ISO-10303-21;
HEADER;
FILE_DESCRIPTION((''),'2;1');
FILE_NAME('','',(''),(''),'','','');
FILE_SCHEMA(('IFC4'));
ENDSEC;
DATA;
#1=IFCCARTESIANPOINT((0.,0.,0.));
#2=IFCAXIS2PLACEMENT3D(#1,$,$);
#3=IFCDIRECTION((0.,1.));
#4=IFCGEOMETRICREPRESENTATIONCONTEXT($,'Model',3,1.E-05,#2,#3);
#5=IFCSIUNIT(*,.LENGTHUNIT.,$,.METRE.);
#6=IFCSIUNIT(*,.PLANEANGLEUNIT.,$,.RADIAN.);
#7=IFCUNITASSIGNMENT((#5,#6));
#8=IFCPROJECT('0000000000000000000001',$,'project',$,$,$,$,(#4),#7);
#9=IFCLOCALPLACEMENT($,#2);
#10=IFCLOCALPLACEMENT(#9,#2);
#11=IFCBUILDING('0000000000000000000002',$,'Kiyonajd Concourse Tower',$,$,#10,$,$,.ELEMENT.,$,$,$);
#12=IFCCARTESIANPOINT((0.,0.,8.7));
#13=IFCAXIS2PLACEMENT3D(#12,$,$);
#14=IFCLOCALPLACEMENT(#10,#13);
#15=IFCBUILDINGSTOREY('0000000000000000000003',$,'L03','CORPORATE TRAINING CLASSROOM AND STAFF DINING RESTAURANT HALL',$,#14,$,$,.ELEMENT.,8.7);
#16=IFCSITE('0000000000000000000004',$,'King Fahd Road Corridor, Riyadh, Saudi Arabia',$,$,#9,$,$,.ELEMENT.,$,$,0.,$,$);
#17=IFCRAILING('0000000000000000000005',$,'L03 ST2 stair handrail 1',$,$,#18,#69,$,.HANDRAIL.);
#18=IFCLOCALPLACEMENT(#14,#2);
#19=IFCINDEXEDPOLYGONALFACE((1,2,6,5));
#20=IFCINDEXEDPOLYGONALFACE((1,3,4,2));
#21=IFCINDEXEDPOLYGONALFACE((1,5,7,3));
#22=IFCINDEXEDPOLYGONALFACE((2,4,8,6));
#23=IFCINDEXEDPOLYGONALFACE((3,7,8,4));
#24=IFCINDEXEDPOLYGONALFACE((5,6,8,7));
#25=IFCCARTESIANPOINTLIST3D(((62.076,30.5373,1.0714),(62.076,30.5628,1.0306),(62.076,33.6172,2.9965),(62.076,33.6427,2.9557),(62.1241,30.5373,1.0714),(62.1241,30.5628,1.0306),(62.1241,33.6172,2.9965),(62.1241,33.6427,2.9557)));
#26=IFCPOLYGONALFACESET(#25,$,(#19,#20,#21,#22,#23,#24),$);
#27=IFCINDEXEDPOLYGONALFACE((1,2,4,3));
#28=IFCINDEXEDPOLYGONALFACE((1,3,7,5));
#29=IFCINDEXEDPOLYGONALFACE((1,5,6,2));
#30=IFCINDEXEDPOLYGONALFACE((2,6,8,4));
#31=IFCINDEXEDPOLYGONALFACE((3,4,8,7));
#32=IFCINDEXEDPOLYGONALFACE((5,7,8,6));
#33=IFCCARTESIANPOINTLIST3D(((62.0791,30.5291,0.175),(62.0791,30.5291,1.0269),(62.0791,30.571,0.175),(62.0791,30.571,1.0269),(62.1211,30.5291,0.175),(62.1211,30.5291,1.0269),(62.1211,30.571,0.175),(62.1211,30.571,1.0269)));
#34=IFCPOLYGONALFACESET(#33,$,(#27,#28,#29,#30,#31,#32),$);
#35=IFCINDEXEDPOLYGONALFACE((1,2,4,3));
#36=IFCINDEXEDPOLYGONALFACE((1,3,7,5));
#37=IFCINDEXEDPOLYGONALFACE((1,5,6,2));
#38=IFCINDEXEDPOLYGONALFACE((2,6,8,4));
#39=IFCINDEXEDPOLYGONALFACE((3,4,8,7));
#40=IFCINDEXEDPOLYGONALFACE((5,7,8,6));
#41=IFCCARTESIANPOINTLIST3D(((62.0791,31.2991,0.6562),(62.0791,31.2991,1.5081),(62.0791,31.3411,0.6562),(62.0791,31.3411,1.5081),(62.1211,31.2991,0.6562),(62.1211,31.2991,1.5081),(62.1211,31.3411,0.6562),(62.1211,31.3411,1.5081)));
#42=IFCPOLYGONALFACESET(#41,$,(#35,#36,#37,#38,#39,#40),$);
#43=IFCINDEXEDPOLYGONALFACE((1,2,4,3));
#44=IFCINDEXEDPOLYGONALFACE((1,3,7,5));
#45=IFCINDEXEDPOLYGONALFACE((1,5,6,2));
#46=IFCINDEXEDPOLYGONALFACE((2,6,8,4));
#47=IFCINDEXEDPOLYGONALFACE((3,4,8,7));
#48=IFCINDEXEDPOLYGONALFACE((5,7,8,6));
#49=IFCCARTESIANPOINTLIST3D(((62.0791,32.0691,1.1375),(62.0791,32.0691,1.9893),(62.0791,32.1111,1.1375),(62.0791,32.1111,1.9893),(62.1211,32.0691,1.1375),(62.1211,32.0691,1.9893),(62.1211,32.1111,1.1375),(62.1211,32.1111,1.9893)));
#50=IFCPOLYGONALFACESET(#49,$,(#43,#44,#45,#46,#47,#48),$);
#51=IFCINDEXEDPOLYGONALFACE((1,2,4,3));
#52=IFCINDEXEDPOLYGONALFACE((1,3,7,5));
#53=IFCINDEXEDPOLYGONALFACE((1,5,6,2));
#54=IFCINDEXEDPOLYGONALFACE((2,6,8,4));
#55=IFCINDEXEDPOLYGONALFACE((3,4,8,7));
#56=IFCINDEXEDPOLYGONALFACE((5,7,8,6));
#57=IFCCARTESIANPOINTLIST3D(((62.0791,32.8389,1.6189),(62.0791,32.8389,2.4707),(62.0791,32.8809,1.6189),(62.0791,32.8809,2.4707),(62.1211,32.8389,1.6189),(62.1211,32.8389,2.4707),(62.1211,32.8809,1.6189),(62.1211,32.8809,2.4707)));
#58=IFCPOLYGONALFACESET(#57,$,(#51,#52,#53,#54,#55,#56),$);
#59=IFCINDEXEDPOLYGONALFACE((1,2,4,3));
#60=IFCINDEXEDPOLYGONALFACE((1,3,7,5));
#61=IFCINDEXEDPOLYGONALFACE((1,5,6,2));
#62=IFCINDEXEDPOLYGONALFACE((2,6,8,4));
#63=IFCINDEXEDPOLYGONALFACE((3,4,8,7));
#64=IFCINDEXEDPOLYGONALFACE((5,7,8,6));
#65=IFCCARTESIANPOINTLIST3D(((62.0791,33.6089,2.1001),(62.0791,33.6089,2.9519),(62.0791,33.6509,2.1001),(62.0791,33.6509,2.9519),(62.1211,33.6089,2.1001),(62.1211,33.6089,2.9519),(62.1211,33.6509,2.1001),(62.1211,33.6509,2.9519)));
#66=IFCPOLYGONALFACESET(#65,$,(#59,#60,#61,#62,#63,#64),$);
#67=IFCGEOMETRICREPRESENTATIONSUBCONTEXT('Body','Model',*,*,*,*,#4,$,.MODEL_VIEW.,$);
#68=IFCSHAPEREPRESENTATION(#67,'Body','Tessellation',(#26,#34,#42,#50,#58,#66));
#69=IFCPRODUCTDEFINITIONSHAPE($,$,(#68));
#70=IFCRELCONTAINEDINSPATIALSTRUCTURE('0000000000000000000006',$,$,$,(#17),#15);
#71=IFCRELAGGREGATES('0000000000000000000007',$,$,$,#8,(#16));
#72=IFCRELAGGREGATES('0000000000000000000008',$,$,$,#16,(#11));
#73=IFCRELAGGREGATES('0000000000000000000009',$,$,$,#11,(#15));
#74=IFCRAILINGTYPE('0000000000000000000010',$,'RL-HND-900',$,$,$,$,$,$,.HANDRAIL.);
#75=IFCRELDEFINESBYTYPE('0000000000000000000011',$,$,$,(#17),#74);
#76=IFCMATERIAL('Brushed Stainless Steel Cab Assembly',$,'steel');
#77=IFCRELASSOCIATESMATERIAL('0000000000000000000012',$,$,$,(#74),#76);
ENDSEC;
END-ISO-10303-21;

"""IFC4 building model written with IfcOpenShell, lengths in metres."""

from ifc_helpers import new_model, si_unit, direction, frame, origin, origin_2d, place, context, subcontext, project, spatial, rectangle, extrude, material, type_object, element, save


model = new_model("IFC4")

# Units and contexts
model_context = context("Model", 3, precision=1e-05, world=origin(), true_north=direction((0.0, 1.0)))
body_context = subcontext(model_context, "Body", "Model", "MODEL_VIEW")
ifc_project = project(units=[si_unit("LENGTHUNIT", "METRE"), si_unit("PLANEANGLEUNIT", "RADIAN")], contexts=[model_context])

# Site, building, storey
site_placement = place(None, origin())
site = spatial("IfcSite", under=ifc_project, at=site_placement, Name="King Fahd Road Corridor, Riyadh, Saudi Arabia", CompositionType="ELEMENT", RefElevation=0.0)
building_placement = place(site_placement, origin())
building = spatial("IfcBuilding", under=site, at=building_placement, Name="Kiyonajd Concourse Tower", CompositionType="ELEMENT")
storey_placement = place(building_placement, frame((0.0, 0.0, 8.7)))
storey = spatial("IfcBuildingStorey", under=building, at=storey_placement, Name="L03", Description="CORPORATE TRAINING CLASSROOM AND STAFF DINING RESTAURANT HALL", CompositionType="ELEMENT", Elevation=8.7)

# Shared definitions
ifc_material_1 = material(Name="Brushed Stainless Steel Cab Assembly", Category="steel")

# Railing
railing_type_1 = type_object("IfcRailingType", Name="RL-HND-900", PredefinedType="HANDRAIL", material=ifc_material_1)
railing_1_placement = place(storey_placement, frame((62.1001, 30.55, 0.175)))
element("IfcRailing", 1, at=railing_1_placement, inside=storey, type_object=railing_type_1, Name="L03 ST2 stair handrail 1", PredefinedType="HANDRAIL", context=body_context, shape_type="SweptSolid", body=[
    extrude(rectangle(XDim=0.0481, YDim=0.0481, at=origin_2d()), frame((0.0, 0.0, 0.876), z_axis=(0.0, 0.847979, 0.530029), x_axis=(-1.0, 0.0, 0.0)), (0.0, 0.0, 1.0), 3.6321),
    extrude(rectangle(XDim=0.042, YDim=0.042, at=origin_2d()), origin(), (0.0, 0.0, 1.0), 0.8518),
    extrude(rectangle(XDim=0.042, YDim=0.042, at=origin_2d()), frame((0.0, 0.77, 0.4812)), (0.0, 0.0, 1.0), 0.8518),
    extrude(rectangle(XDim=0.042, YDim=0.042, at=origin_2d()), frame((0.0, 1.54, 0.9624)), (0.0, 0.0, 1.0), 0.8518),
    extrude(rectangle(XDim=0.042, YDim=0.042, at=origin_2d()), frame((0.0, 2.3098, 1.4438)), (0.0, 0.0, 1.0), 0.8518),
    extrude(rectangle(XDim=0.042, YDim=0.042, at=origin_2d()), frame((0.0, 3.0798, 1.925)), (0.0, 0.0, 1.0), 0.8518),
])

save(model, "model.ifc")
